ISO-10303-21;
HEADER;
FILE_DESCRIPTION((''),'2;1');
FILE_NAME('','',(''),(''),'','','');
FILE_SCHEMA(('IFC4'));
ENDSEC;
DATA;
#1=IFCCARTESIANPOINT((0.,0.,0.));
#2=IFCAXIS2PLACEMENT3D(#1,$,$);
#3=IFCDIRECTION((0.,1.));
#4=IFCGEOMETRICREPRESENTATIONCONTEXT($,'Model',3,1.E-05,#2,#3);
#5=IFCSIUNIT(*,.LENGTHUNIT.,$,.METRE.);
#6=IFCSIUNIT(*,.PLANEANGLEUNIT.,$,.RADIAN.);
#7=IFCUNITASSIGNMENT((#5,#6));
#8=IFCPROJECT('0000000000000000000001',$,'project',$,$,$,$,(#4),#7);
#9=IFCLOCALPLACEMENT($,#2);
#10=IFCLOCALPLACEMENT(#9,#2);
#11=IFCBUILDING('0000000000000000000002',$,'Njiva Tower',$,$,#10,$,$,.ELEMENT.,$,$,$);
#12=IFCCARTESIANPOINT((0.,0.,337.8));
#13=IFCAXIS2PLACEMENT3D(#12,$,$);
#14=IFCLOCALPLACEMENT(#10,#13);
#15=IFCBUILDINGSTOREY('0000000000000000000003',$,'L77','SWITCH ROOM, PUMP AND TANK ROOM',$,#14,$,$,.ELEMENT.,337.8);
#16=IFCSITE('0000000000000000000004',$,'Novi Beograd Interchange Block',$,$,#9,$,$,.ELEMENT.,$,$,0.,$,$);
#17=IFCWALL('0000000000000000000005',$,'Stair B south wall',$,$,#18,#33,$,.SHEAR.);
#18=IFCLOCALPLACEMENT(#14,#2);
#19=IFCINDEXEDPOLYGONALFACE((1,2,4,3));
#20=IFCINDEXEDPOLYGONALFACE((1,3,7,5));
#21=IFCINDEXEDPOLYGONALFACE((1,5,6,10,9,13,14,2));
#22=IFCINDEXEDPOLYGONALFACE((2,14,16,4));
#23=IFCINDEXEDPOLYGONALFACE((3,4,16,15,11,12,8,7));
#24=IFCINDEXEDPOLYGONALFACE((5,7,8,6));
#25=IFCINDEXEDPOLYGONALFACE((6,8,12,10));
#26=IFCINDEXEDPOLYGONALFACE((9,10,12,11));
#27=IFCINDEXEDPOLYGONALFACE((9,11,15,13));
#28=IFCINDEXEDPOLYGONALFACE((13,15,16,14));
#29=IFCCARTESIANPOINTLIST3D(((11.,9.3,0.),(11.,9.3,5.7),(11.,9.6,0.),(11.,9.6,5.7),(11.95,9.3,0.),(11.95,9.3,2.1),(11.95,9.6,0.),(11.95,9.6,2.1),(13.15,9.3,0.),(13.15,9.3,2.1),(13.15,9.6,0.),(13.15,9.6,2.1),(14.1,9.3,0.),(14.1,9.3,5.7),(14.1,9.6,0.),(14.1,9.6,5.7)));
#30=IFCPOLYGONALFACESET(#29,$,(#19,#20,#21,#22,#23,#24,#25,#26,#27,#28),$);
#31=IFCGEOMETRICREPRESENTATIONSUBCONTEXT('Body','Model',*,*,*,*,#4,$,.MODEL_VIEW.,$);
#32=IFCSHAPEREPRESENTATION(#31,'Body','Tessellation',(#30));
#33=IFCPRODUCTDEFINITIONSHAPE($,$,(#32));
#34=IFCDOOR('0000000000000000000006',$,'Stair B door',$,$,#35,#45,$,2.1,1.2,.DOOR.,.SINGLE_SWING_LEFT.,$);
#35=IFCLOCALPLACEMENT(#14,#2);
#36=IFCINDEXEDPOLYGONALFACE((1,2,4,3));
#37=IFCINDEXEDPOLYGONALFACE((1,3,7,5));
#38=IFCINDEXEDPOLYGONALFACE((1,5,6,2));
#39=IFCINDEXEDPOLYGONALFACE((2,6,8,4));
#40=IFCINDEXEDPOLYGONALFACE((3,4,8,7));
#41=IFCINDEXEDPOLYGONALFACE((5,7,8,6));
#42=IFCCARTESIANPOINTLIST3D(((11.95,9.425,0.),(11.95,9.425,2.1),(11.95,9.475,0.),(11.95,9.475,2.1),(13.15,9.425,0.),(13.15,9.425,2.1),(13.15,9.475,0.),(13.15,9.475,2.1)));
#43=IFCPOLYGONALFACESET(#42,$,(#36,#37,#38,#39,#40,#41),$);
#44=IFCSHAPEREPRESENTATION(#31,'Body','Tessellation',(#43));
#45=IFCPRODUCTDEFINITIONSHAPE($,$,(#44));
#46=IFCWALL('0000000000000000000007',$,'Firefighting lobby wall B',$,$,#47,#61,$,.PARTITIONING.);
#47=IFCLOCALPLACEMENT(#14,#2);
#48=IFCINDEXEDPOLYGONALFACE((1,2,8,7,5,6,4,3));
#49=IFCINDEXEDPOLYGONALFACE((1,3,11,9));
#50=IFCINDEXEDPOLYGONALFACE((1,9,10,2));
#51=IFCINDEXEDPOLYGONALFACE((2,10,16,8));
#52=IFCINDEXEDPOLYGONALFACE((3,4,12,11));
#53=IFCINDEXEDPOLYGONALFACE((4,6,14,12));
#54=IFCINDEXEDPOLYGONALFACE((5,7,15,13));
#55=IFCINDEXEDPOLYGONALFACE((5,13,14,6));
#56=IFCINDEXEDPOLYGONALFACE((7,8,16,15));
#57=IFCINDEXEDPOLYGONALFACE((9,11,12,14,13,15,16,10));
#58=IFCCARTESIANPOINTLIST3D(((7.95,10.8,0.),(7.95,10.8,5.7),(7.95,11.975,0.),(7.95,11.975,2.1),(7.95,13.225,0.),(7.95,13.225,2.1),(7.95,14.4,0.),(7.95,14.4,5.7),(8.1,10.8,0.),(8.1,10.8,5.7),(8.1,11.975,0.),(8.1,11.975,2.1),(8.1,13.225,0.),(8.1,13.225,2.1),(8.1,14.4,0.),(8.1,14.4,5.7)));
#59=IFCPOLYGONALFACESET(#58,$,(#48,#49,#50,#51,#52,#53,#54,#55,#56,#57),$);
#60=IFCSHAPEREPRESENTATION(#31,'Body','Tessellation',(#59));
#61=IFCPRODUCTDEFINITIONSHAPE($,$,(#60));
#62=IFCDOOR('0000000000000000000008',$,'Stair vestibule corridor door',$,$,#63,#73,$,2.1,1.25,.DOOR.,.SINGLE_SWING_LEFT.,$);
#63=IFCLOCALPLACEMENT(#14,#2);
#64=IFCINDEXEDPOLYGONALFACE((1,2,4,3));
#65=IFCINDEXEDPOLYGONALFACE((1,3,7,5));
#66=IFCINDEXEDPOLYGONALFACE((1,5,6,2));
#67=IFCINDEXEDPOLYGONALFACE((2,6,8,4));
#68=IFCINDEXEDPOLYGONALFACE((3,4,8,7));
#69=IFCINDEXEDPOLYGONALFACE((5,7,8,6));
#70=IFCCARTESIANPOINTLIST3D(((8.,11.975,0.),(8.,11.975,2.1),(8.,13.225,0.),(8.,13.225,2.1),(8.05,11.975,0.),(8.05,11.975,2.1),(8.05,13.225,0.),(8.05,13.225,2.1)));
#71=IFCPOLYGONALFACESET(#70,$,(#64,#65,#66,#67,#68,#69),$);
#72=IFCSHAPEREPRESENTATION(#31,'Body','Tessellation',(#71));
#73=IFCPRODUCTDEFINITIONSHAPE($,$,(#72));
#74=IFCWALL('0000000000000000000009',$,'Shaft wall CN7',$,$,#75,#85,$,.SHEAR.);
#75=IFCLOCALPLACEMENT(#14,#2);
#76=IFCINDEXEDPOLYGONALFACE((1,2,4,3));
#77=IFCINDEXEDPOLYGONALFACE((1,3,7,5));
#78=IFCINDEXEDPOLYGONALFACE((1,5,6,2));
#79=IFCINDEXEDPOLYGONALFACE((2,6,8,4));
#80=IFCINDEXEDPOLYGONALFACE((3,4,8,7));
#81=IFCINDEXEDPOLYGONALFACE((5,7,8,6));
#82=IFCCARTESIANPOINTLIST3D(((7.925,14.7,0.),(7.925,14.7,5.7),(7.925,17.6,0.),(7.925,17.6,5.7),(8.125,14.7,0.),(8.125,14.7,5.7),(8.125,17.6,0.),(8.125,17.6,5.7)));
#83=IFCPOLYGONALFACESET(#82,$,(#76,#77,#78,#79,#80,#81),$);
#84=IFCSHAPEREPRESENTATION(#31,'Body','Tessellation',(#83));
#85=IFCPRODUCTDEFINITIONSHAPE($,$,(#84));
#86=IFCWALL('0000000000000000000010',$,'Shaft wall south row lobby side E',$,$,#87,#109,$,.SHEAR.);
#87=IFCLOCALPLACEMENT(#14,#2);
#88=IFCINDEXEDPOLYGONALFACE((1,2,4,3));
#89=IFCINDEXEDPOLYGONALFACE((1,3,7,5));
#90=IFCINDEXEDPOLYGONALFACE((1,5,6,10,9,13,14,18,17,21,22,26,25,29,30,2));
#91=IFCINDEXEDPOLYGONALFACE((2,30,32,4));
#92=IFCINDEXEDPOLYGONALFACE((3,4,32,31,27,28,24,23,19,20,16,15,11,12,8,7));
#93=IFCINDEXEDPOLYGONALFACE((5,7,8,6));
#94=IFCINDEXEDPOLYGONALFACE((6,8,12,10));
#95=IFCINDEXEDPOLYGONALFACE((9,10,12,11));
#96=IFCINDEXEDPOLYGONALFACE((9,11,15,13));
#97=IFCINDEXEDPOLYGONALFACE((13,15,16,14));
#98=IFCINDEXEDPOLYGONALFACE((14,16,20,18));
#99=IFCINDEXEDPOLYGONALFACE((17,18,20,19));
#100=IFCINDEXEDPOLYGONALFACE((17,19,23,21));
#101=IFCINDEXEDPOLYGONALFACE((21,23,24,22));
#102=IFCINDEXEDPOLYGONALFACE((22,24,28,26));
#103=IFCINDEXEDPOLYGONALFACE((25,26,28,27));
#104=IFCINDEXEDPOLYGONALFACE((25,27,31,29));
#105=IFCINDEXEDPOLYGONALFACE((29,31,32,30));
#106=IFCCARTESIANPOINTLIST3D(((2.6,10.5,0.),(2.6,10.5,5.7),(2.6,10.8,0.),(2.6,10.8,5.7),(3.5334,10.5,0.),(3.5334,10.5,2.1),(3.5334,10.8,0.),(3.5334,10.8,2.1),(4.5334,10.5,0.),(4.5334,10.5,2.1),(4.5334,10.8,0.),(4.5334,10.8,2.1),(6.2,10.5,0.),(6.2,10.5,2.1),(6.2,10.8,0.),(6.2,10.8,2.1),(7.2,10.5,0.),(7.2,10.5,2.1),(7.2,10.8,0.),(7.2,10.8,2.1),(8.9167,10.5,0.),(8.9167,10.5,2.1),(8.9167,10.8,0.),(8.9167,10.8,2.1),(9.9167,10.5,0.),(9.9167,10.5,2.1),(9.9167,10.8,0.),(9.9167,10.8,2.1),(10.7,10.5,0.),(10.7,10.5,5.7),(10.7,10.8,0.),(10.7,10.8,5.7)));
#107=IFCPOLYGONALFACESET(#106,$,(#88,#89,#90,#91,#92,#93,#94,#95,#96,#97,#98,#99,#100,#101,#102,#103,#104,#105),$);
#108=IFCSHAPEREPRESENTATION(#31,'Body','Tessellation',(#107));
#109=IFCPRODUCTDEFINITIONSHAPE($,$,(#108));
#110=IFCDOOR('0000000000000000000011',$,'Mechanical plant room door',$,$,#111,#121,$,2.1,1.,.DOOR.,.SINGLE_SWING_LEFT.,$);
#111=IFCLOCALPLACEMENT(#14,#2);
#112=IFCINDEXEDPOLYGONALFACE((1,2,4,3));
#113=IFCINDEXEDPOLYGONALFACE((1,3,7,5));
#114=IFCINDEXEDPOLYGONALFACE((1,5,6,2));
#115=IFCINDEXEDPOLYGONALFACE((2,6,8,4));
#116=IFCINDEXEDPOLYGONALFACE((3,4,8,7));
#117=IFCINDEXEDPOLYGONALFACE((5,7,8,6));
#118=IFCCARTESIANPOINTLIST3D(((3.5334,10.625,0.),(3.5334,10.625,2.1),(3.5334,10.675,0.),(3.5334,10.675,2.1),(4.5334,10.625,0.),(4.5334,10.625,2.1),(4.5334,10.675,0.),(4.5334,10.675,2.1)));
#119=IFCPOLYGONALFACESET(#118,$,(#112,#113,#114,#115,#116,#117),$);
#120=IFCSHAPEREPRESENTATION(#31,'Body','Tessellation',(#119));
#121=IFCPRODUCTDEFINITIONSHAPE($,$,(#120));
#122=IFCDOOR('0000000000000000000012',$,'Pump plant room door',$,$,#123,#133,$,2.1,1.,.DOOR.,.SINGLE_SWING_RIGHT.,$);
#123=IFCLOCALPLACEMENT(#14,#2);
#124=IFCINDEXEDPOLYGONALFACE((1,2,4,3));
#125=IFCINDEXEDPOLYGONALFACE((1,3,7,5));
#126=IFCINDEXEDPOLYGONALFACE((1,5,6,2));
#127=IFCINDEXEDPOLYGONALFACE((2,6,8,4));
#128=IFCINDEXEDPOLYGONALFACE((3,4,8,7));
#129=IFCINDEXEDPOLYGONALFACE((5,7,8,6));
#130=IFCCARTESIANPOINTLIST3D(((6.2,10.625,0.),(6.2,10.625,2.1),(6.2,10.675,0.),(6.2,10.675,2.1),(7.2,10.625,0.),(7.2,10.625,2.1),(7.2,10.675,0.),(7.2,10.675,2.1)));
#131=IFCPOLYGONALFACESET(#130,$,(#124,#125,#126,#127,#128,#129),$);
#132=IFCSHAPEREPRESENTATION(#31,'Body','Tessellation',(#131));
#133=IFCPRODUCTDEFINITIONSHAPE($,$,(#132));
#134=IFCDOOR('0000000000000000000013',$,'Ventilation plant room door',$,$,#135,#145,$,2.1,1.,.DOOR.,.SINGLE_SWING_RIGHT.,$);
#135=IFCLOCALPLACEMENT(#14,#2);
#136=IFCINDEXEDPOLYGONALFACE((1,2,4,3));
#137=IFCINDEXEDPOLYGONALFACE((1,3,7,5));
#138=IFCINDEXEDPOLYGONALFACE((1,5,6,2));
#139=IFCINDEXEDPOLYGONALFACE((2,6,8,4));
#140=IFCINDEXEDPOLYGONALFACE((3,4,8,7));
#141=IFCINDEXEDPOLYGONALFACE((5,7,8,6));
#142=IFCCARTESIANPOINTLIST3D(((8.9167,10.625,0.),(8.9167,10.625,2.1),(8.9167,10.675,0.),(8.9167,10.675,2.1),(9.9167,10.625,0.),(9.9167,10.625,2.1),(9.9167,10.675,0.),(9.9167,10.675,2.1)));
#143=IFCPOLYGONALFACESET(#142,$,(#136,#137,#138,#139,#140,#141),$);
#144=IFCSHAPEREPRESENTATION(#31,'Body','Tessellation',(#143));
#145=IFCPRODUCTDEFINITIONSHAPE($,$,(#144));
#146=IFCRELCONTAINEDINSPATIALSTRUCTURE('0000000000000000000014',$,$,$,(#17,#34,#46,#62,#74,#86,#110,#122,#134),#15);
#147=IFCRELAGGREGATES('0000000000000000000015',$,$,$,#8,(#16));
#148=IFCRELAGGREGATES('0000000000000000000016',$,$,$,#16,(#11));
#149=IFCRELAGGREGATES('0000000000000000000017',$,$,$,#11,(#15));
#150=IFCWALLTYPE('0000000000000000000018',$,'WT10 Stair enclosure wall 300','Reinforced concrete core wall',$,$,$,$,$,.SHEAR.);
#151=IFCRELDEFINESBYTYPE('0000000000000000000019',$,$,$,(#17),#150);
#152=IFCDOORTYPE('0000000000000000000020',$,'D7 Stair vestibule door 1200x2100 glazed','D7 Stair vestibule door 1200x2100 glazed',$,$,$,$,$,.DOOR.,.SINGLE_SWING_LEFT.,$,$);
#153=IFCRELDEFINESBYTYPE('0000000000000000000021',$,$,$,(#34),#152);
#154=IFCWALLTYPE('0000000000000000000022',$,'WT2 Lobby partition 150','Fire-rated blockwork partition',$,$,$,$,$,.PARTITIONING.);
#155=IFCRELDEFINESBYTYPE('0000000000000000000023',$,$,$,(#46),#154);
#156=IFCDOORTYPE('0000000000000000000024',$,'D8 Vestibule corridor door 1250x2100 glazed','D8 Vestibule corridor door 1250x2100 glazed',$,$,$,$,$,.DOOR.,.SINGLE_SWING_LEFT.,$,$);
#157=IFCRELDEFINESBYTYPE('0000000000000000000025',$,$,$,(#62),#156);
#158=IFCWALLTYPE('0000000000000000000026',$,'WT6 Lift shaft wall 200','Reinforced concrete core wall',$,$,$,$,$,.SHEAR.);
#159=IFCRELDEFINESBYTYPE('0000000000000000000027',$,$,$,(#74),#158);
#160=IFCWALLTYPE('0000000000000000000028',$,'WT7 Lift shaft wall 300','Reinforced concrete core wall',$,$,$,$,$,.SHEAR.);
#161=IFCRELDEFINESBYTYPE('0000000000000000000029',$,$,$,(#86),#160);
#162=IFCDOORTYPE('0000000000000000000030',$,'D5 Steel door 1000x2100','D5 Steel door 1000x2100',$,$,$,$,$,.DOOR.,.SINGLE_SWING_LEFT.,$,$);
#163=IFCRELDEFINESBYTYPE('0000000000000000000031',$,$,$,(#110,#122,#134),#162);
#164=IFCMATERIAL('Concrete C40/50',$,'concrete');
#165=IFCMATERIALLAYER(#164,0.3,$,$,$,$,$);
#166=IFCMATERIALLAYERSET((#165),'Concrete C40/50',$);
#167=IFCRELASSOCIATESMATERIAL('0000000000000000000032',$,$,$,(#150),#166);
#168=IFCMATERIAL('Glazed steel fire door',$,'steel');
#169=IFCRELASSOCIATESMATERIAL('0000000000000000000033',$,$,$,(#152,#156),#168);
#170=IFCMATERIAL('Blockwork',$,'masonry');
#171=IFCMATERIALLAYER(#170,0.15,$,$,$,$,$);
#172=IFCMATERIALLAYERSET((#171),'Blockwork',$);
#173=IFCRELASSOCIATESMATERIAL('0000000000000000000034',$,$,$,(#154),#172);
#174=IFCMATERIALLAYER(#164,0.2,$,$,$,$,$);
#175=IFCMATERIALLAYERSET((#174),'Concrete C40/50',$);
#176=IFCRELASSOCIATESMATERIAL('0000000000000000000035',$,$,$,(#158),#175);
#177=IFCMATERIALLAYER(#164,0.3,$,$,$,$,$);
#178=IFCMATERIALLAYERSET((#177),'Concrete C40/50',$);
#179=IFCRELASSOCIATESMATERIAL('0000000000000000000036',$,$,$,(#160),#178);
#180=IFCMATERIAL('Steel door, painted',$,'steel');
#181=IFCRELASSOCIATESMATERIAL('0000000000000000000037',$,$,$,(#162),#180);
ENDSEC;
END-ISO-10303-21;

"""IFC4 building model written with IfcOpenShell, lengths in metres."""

from ifc_helpers import new_model, si_unit, direction, frame, frame_2d, origin, place, context, subcontext, project, spatial, rectangle, extrude, material, layer, layer_set, type_object, element, fill, save


model = new_model("IFC4")

# Units and contexts
model_context = context("Model", 3, precision=1e-05, world=origin(), true_north=direction((0.0, 1.0)))
body_context = subcontext(model_context, "Body", "Model", "MODEL_VIEW")
ifc_project = project(units=[si_unit("LENGTHUNIT", "METRE"), si_unit("PLANEANGLEUNIT", "RADIAN")], contexts=[model_context])

# Site, building, storey
site_placement = place(None, origin())
site = spatial("IfcSite", under=ifc_project, at=site_placement, Name="Novi Beograd Interchange Block", CompositionType="ELEMENT", RefElevation=0.0)
building_placement = place(site_placement, origin())
building = spatial("IfcBuilding", under=site, at=building_placement, Name="Njiva Tower", CompositionType="ELEMENT")
storey_placement = place(building_placement, frame((0.0, 0.0, 337.8)))
storey = spatial("IfcBuildingStorey", under=building, at=storey_placement, Name="L77", Description="SWITCH ROOM, PUMP AND TANK ROOM", CompositionType="ELEMENT", Elevation=337.8)

# Shared definitions
ifc_material_1 = material(Name="Blockwork", Category="masonry")

# Walls, openings, doors
ifc_material_2 = material(Name="Concrete C40/50", Category="concrete")
ifc_layer_1 = layer(ifc_material_2, 0.3)
ifc_layer_set_1 = layer_set([ifc_layer_1], Name="Concrete C40/50")
wall_type_1 = type_object("IfcWallType", Name="WT10 Stair enclosure wall 300", Description="Reinforced concrete core wall", PredefinedType="SHEAR", material=ifc_layer_set_1)
wall_1_placement = place(storey_placement, frame((11.0, 9.45, 0.0), z_axis=(0.0, 0.0, 1.0), x_axis=(1.0, 0.0, 0.0)))
wall_1 = element("IfcWall", 1, at=wall_1_placement, inside=storey, type_object=wall_type_1, Name="Stair B south wall", PredefinedType="SHEAR", context=body_context, shape_type="SweptSolid", body=[
    extrude(rectangle(XDim=3.1, YDim=0.3, at=frame_2d((1.55, 0.0))), origin(), (0.0, 0.0, 1.0), 5.7),
])
opening_1_placement = place(wall_1_placement, frame((0.95, 0.0, 0.0)))
opening_1 = element("IfcOpeningElement", 2, at=opening_1_placement, cuts=wall_1, PredefinedType="OPENING", context=body_context, shape_type="SweptSolid", body=[
    extrude(rectangle(XDim=1.2, YDim=2.1, at=frame_2d((0.6, 1.05))), frame((0.0, 0.16, 0.0), z_axis=(0.0, -1.0, 0.0), x_axis=(1.0, 0.0, 0.0)), (0.0, 0.0, 1.0), 0.32),
])
ifc_material_3 = material(Name="Glazed steel fire door", Category="steel")
door_type_1 = type_object("IfcDoorType", Name="D7 Stair vestibule door 1200x2100 glazed", Description="D7 Stair vestibule door 1200x2100 glazed", OperationType="SINGLE_SWING_LEFT", PredefinedType="DOOR", material=ifc_material_3)
door_1_placement = place(opening_1_placement, origin())
door_1 = element("IfcDoor", 3, at=door_1_placement, inside=storey, type_object=door_type_1, Name="Stair B door", OperationType="SINGLE_SWING_LEFT", OverallHeight=2.1, OverallWidth=1.2, PredefinedType="DOOR", context=body_context, shape_type="SweptSolid", body=[
    extrude(rectangle(XDim=1.2, YDim=2.1, at=frame_2d((0.6, 1.05))), frame((0.0, 0.025, 0.0), z_axis=(0.0, -1.0, 0.0), x_axis=(1.0, 0.0, 0.0)), (0.0, 0.0, 1.0), 0.05),
])
fill(opening_1, door_1)
ifc_layer_2 = layer(ifc_material_1, 0.15)
ifc_layer_set_2 = layer_set([ifc_layer_2], Name="Blockwork")
wall_type_2 = type_object("IfcWallType", Name="WT2 Lobby partition 150", Description="Fire-rated blockwork partition", PredefinedType="PARTITIONING", material=ifc_layer_set_2)
wall_2_placement = place(storey_placement, frame((8.025, 10.8, 0.0), z_axis=(0.0, 0.0, 1.0), x_axis=(0.0, 1.0, 0.0)))
wall_2 = element("IfcWall", 4, at=wall_2_placement, inside=storey, type_object=wall_type_2, Name="Firefighting lobby wall B", PredefinedType="PARTITIONING", context=body_context, shape_type="SweptSolid", body=[
    extrude(rectangle(XDim=3.6, YDim=0.15, at=frame_2d((1.8, 0.0))), origin(), (0.0, 0.0, 1.0), 5.7),
])
opening_2_placement = place(wall_2_placement, frame((1.175, 0.0, 0.0)))
opening_2 = element("IfcOpeningElement", 5, at=opening_2_placement, cuts=wall_2, PredefinedType="OPENING", context=body_context, shape_type="SweptSolid", body=[
    extrude(rectangle(XDim=1.25, YDim=2.1, at=frame_2d((0.625, 1.05))), frame((0.0, 0.085, 0.0), z_axis=(0.0, -1.0, 0.0), x_axis=(1.0, 0.0, 0.0)), (0.0, 0.0, 1.0), 0.17),
])
door_type_2 = type_object("IfcDoorType", Name="D8 Vestibule corridor door 1250x2100 glazed", Description="D8 Vestibule corridor door 1250x2100 glazed", OperationType="SINGLE_SWING_LEFT", PredefinedType="DOOR", material=ifc_material_3)
door_2_placement = place(opening_2_placement, origin())
door_2 = element("IfcDoor", 6, at=door_2_placement, inside=storey, type_object=door_type_2, Name="Stair vestibule corridor door", OperationType="SINGLE_SWING_LEFT", OverallHeight=2.1, OverallWidth=1.25, PredefinedType="DOOR", context=body_context, shape_type="SweptSolid", body=[
    extrude(rectangle(XDim=1.25, YDim=2.1, at=frame_2d((0.625, 1.05))), frame((0.0, 0.025, 0.0), z_axis=(0.0, -1.0, 0.0), x_axis=(1.0, 0.0, 0.0)), (0.0, 0.0, 1.0), 0.05),
])
fill(opening_2, door_2)

# Wall
ifc_layer_3 = layer(ifc_material_2, 0.2)
ifc_layer_set_3 = layer_set([ifc_layer_3], Name="Concrete C40/50")
wall_type_3 = type_object("IfcWallType", Name="WT6 Lift shaft wall 200", Description="Reinforced concrete core wall", PredefinedType="SHEAR", material=ifc_layer_set_3)
wall_3_placement = place(storey_placement, frame((8.025, 14.7, 0.0), z_axis=(0.0, 0.0, 1.0), x_axis=(0.0, 1.0, 0.0)))
element("IfcWall", 7, at=wall_3_placement, inside=storey, type_object=wall_type_3, Name="Shaft wall CN7", PredefinedType="SHEAR", context=body_context, shape_type="SweptSolid", body=[
    extrude(rectangle(XDim=2.9, YDim=0.2, at=frame_2d((1.45, 0.0))), origin(), (0.0, 0.0, 1.0), 5.7),
])

# Wall, openings, doors
ifc_layer_4 = layer(ifc_material_2, 0.3)
ifc_layer_set_4 = layer_set([ifc_layer_4], Name="Concrete C40/50")
wall_type_4 = type_object("IfcWallType", Name="WT7 Lift shaft wall 300", Description="Reinforced concrete core wall", PredefinedType="SHEAR", material=ifc_layer_set_4)
wall_4_placement = place(storey_placement, frame((2.6, 10.65, 0.0), z_axis=(0.0, 0.0, 1.0), x_axis=(1.0, 0.0, 0.0)))
wall_4 = element("IfcWall", 8, at=wall_4_placement, inside=storey, type_object=wall_type_4, Name="Shaft wall south row lobby side E", PredefinedType="SHEAR", context=body_context, shape_type="SweptSolid", body=[
    extrude(rectangle(XDim=8.1, YDim=0.3, at=frame_2d((4.05, 0.0))), origin(), (0.0, 0.0, 1.0), 5.7),
])
opening_3_placement = place(wall_4_placement, frame((0.9334, 0.0, 0.0)))
opening_3 = element("IfcOpeningElement", 9, at=opening_3_placement, cuts=wall_4, PredefinedType="OPENING", context=body_context, shape_type="SweptSolid", body=[
    extrude(rectangle(XDim=1.0, YDim=2.1, at=frame_2d((0.5, 1.05))), frame((0.0, 0.16, 0.0), z_axis=(0.0, -1.0, 0.0), x_axis=(1.0, 0.0, 0.0)), (0.0, 0.0, 1.0), 0.32),
])
opening_4_placement = place(wall_4_placement, frame((3.6, 0.0, 0.0)))
opening_4 = element("IfcOpeningElement", 10, at=opening_4_placement, cuts=wall_4, PredefinedType="OPENING", context=body_context, shape_type="SweptSolid", body=[
    extrude(rectangle(XDim=1.0, YDim=2.1, at=frame_2d((0.5, 1.05))), frame((0.0, 0.16, 0.0), z_axis=(0.0, -1.0, 0.0), x_axis=(1.0, 0.0, 0.0)), (0.0, 0.0, 1.0), 0.32),
])
opening_5_placement = place(wall_4_placement, frame((6.3167, 0.0, 0.0)))
opening_5 = element("IfcOpeningElement", 11, at=opening_5_placement, cuts=wall_4, PredefinedType="OPENING", context=body_context, shape_type="SweptSolid", body=[
    extrude(rectangle(XDim=1.0, YDim=2.1, at=frame_2d((0.5, 1.05))), frame((0.0, 0.16, 0.0), z_axis=(0.0, -1.0, 0.0), x_axis=(1.0, 0.0, 0.0)), (0.0, 0.0, 1.0), 0.32),
])
ifc_material_4 = material(Name="Steel door, painted", Category="steel")
door_type_3 = type_object("IfcDoorType", Name="D5 Steel door 1000x2100", Description="D5 Steel door 1000x2100", OperationType="SINGLE_SWING_LEFT", PredefinedType="DOOR", material=ifc_material_4)
door_3_placement = place(opening_3_placement, origin())
door_3 = element("IfcDoor", 12, at=door_3_placement, inside=storey, type_object=door_type_3, Name="Mechanical plant room door", OperationType="SINGLE_SWING_LEFT", OverallHeight=2.1, OverallWidth=1.0, PredefinedType="DOOR", context=body_context, shape_type="SweptSolid", body=[
    extrude(rectangle(XDim=1.0, YDim=2.1, at=frame_2d((0.5, 1.05))), frame((0.0, 0.025, 0.0), z_axis=(0.0, -1.0, 0.0), x_axis=(1.0, 0.0, 0.0)), (0.0, 0.0, 1.0), 0.05),
])
fill(opening_3, door_3)
door_4_placement = place(opening_4_placement, origin())
door_4 = element("IfcDoor", 13, at=door_4_placement, inside=storey, type_object=door_type_3, Name="Pump plant room door", OperationType="SINGLE_SWING_RIGHT", OverallHeight=2.1, OverallWidth=1.0, PredefinedType="DOOR", context=body_context, shape_type="SweptSolid", body=[
    extrude(rectangle(XDim=1.0, YDim=2.1, at=frame_2d((0.5, 1.05))), frame((0.0, 0.025, 0.0), z_axis=(0.0, -1.0, 0.0), x_axis=(1.0, 0.0, 0.0)), (0.0, 0.0, 1.0), 0.05),
])
fill(opening_4, door_4)
door_5_placement = place(opening_5_placement, origin())
door_5 = element("IfcDoor", 14, at=door_5_placement, inside=storey, type_object=door_type_3, Name="Ventilation plant room door", OperationType="SINGLE_SWING_RIGHT", OverallHeight=2.1, OverallWidth=1.0, PredefinedType="DOOR", context=body_context, shape_type="SweptSolid", body=[
    extrude(rectangle(XDim=1.0, YDim=2.1, at=frame_2d((0.5, 1.05))), frame((0.0, 0.025, 0.0), z_axis=(0.0, -1.0, 0.0), x_axis=(1.0, 0.0, 0.0)), (0.0, 0.0, 1.0), 0.05),
])
fill(opening_5, door_5)

save(model, "model.ifc")
